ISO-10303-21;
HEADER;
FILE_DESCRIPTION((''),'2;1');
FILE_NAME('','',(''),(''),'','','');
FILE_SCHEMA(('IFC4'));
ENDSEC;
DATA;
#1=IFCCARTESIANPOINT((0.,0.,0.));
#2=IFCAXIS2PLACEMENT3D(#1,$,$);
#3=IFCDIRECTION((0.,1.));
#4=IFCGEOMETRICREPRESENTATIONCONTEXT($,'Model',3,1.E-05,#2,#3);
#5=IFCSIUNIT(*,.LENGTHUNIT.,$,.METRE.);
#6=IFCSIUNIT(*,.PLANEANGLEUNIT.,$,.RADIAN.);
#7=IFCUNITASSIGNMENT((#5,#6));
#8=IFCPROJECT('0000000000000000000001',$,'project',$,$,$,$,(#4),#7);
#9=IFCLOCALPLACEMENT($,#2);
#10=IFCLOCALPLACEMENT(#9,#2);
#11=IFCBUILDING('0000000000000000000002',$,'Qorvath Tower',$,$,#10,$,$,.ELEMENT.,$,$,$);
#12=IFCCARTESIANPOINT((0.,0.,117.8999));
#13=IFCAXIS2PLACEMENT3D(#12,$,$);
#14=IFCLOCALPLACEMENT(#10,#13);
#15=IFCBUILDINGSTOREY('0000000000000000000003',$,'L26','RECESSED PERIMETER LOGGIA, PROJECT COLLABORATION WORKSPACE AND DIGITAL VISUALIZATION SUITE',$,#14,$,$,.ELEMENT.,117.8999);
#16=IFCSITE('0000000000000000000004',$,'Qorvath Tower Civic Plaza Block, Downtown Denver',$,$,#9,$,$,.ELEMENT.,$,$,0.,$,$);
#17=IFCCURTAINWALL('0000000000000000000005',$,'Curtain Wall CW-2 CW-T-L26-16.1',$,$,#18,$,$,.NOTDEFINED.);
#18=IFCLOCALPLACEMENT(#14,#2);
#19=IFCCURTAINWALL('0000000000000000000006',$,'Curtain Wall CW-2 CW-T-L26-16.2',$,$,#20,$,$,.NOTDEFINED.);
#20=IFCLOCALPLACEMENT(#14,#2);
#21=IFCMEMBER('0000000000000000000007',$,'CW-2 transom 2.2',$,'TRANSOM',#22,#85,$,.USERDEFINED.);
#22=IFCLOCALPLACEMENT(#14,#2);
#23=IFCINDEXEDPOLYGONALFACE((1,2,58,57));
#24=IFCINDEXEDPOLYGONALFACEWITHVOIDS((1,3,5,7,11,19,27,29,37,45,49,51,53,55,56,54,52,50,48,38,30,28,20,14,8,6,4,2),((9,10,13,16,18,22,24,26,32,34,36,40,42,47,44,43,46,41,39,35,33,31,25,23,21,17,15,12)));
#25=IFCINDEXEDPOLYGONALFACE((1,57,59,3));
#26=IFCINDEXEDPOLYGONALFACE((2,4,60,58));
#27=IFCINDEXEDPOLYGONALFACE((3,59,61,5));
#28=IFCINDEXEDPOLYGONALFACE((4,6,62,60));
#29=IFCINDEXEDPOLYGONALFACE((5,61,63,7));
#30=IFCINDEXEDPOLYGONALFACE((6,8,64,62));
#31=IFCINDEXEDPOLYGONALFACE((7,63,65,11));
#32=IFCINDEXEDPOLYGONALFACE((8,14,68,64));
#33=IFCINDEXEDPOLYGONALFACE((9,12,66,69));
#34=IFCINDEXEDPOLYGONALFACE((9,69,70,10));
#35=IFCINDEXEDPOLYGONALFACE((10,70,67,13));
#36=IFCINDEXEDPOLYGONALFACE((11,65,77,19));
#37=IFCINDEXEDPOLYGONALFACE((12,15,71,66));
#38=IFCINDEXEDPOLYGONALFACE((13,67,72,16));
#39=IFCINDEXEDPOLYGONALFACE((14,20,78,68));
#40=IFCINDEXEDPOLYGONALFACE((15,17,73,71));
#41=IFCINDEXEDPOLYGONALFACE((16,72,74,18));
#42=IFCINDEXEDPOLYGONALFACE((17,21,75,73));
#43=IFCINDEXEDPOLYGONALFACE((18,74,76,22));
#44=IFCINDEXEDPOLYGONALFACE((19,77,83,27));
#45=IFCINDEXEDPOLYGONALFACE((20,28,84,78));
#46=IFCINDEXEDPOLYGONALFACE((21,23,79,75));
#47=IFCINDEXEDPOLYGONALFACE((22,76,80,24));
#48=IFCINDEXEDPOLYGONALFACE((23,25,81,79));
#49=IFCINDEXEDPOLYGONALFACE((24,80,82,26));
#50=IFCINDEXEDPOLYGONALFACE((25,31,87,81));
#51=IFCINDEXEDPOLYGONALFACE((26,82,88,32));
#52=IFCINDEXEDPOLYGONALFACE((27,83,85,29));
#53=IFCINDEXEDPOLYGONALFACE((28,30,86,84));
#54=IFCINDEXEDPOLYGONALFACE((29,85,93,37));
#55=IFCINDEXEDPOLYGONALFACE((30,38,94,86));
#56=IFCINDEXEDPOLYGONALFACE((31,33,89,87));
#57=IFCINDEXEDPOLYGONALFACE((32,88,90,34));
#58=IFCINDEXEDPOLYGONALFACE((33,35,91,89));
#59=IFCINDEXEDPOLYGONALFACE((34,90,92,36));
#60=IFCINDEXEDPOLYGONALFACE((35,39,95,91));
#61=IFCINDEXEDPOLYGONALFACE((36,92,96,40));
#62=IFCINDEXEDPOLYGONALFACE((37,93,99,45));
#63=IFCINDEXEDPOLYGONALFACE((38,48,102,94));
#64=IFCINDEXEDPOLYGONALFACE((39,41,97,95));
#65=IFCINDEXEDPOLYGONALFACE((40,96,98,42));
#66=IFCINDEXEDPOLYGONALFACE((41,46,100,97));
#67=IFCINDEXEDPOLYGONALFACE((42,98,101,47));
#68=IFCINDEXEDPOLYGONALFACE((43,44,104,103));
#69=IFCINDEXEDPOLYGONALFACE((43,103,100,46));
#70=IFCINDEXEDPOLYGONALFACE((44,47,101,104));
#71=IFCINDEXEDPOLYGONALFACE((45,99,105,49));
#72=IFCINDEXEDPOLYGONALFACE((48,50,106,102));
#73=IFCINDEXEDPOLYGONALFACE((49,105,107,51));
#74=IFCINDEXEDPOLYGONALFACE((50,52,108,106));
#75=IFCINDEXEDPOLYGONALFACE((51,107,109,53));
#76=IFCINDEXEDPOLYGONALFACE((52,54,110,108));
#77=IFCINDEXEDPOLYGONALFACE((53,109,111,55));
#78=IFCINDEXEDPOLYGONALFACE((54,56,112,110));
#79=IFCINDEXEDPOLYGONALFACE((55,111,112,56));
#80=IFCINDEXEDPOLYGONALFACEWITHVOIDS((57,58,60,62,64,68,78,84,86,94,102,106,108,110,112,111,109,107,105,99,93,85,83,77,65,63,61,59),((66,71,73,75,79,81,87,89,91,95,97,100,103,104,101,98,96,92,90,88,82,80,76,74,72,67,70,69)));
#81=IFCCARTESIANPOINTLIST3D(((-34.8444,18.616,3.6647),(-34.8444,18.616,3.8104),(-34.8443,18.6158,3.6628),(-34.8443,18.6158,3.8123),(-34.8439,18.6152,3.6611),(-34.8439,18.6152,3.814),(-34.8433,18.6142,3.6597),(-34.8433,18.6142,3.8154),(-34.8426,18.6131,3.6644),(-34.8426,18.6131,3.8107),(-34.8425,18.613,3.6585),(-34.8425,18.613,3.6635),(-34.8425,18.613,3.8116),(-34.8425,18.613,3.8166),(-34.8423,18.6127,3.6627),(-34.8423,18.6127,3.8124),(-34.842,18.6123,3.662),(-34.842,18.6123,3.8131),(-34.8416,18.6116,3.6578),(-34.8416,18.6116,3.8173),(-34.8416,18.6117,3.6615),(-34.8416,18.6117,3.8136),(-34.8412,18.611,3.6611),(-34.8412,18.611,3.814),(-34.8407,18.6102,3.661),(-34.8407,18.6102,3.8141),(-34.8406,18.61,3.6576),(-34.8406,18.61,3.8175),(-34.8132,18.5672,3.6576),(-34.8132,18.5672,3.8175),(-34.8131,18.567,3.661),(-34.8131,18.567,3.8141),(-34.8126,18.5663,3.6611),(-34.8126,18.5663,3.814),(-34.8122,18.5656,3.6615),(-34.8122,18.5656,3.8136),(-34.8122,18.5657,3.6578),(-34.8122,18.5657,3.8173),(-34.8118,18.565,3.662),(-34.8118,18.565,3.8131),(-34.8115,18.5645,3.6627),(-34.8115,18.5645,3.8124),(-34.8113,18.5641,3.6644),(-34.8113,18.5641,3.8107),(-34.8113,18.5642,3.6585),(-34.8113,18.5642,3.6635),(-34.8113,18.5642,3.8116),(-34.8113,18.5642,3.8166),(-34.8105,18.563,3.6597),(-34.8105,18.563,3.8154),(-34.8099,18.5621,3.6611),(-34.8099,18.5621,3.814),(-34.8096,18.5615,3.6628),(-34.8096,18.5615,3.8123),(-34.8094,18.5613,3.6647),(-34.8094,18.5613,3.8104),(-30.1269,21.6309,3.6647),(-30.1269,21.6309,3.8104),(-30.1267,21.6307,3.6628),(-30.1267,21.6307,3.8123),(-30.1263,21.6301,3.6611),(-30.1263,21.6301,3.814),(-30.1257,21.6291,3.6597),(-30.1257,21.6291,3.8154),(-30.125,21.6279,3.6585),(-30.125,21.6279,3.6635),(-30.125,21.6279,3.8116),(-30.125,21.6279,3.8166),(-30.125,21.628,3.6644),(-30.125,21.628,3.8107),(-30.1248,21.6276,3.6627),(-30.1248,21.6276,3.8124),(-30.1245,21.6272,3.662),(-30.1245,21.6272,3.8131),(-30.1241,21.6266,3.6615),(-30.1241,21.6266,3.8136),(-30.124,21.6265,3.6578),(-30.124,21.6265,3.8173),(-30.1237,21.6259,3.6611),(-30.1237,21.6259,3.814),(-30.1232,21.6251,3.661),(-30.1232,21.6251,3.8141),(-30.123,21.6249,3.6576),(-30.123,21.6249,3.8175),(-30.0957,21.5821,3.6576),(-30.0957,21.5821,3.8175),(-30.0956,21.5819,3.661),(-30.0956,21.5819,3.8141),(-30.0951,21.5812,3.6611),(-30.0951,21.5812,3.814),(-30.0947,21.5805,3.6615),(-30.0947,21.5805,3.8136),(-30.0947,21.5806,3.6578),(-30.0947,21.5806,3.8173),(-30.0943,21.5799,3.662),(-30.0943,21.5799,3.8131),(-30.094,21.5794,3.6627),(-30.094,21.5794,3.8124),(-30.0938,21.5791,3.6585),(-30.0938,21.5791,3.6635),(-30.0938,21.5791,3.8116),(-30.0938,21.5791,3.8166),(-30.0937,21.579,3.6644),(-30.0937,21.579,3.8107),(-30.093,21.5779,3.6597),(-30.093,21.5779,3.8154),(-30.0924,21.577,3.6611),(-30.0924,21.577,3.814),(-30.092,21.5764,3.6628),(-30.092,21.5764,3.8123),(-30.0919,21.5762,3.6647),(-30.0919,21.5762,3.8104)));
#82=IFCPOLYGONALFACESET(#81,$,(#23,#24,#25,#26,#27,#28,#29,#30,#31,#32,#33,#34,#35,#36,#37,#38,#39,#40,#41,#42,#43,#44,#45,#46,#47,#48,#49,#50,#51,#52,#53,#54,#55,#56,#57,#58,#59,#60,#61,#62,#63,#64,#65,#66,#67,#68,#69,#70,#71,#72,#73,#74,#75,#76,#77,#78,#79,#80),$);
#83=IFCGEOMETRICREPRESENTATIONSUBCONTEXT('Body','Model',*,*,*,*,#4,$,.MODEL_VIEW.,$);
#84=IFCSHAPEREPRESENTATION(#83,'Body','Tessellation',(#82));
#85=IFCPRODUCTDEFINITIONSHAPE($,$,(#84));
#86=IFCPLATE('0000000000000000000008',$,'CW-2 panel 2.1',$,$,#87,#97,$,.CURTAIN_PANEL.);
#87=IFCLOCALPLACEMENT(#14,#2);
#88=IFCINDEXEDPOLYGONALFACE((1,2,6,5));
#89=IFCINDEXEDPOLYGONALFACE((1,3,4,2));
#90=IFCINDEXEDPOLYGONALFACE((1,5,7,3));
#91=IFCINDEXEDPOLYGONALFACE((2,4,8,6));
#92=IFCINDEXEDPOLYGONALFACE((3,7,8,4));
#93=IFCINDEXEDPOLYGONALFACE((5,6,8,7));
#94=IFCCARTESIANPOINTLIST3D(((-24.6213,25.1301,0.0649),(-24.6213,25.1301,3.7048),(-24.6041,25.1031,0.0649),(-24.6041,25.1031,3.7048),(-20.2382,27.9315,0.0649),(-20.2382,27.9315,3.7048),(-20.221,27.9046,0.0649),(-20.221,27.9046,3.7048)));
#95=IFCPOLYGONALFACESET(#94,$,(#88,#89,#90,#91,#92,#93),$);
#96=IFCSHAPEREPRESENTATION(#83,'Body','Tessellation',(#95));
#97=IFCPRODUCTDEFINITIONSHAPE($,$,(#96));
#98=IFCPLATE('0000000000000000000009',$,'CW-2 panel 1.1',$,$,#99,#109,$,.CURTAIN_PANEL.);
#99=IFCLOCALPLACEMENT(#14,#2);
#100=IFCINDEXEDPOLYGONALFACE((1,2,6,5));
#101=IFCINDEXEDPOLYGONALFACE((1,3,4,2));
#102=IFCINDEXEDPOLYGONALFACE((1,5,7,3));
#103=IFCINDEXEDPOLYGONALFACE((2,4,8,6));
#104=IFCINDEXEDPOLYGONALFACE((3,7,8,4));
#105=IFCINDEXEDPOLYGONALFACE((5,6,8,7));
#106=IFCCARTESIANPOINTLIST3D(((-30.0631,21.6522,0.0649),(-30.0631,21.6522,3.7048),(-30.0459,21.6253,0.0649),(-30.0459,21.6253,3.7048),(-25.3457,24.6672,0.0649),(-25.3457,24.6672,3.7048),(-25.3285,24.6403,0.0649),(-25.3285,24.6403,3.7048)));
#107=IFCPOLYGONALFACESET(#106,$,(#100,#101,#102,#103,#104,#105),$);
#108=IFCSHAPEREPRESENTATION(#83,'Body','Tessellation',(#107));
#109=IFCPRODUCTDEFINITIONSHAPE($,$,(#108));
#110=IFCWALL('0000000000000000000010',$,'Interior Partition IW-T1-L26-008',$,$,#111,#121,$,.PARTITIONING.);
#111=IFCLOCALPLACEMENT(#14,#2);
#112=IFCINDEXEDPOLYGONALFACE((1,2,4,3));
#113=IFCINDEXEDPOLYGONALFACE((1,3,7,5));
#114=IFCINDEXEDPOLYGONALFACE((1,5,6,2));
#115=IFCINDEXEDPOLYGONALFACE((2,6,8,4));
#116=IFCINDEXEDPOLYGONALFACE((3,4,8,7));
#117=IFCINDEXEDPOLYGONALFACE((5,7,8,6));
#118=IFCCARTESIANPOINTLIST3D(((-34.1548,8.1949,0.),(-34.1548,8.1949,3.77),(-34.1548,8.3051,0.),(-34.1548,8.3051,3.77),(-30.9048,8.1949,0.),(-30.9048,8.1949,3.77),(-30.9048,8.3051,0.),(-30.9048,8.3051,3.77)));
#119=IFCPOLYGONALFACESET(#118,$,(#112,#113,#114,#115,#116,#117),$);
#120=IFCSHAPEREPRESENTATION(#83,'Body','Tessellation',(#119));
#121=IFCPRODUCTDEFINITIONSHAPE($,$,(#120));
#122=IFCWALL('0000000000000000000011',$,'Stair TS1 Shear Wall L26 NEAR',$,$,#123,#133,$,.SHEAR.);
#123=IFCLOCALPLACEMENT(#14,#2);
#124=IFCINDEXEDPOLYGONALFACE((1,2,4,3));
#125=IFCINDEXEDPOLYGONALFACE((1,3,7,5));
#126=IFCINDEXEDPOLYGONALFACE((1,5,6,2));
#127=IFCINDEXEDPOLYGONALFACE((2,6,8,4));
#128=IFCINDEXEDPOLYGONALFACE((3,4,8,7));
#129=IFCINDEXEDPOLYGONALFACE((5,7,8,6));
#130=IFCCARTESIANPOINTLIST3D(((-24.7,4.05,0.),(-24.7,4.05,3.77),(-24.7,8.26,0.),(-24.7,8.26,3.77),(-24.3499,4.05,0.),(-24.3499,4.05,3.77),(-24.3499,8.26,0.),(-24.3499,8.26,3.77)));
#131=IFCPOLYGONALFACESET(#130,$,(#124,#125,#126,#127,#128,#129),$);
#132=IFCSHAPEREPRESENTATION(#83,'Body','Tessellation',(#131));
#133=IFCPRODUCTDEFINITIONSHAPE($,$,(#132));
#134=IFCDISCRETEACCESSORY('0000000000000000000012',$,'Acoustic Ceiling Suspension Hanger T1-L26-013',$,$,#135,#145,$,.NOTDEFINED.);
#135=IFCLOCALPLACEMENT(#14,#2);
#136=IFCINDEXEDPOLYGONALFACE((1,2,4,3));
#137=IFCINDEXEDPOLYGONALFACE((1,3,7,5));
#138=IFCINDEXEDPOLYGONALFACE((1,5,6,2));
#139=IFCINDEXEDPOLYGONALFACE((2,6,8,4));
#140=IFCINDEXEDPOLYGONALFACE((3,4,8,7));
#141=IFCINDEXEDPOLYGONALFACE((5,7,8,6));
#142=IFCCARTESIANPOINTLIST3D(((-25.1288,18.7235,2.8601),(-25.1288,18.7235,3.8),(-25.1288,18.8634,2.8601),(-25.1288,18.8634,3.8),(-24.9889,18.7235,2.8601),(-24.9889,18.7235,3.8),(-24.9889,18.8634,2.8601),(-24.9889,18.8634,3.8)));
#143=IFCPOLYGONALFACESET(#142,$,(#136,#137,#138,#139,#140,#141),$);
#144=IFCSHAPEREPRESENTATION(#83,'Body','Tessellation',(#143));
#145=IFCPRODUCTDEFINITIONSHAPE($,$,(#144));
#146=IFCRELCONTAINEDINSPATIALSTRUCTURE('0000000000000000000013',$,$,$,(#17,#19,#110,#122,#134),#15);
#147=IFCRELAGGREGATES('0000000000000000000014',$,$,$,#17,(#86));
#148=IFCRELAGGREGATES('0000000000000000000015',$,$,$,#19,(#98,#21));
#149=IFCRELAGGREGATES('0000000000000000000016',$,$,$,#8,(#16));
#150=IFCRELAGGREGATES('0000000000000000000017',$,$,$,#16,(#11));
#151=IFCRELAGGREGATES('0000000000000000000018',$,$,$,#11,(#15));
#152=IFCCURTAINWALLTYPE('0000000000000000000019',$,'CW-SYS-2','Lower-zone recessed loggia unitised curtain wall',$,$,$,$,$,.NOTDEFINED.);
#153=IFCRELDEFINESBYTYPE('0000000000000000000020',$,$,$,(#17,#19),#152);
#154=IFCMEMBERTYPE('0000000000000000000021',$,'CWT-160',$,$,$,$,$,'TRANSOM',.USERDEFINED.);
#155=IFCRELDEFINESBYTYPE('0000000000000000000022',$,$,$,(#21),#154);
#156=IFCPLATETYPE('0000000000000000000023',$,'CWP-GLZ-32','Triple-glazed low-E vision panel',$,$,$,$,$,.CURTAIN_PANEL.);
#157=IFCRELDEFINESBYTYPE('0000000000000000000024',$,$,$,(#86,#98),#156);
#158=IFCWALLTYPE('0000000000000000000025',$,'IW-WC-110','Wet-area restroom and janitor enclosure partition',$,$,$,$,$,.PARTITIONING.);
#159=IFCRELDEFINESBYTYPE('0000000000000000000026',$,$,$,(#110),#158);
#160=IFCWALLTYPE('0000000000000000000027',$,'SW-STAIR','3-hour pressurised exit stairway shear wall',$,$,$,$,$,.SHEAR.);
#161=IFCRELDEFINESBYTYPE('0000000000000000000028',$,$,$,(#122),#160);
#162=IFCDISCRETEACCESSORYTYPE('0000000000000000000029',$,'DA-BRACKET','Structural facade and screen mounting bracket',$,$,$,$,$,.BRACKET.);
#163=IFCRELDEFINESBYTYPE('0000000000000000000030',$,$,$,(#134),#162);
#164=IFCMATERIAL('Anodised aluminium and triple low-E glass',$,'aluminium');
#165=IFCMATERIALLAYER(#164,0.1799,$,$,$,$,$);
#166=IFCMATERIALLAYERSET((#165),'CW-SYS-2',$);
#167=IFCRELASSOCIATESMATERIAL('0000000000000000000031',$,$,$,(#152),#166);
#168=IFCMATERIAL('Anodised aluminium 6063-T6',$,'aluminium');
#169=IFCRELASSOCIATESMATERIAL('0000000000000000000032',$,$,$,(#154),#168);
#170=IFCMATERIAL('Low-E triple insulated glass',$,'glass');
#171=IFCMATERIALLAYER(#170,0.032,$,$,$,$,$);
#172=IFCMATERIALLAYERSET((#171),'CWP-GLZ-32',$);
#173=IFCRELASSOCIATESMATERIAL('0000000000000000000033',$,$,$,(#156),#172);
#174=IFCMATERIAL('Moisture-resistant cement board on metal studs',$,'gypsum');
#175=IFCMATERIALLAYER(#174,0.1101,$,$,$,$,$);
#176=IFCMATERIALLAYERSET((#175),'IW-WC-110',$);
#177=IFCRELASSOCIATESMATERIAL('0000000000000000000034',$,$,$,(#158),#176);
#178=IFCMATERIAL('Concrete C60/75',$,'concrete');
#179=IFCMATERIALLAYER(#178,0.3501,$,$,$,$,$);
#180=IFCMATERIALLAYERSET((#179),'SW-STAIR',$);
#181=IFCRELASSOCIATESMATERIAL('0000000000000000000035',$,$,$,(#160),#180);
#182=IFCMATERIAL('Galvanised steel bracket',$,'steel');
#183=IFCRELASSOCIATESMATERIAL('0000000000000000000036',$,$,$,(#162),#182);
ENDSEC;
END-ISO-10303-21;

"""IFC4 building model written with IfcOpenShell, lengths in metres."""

from ifc_helpers import new_model, si_unit, direction, frame, frame_2d, origin, origin_2d, place, context, subcontext, project, spatial, rectangle, hollow_rectangle, extrude, material, layer, layer_set, material_profile, profile_set, type_object, element, aggregate, save


model = new_model("IFC4")

# Units and contexts
model_context = context("Model", 3, precision=1e-05, world=origin(), true_north=direction((0.0, 1.0)))
body_context = subcontext(model_context, "Body", "Model", "MODEL_VIEW")
ifc_project = project(units=[si_unit("LENGTHUNIT", "METRE"), si_unit("PLANEANGLEUNIT", "RADIAN")], contexts=[model_context])

# Site, building, storey
site_placement = place(None, origin())
site = spatial("IfcSite", under=ifc_project, at=site_placement, Name="Qorvath Tower Civic Plaza Block, Downtown Denver", CompositionType="ELEMENT", RefElevation=0.0)
building_placement = place(site_placement, origin())
building = spatial("IfcBuilding", under=site, at=building_placement, Name="Qorvath Tower", CompositionType="ELEMENT")
storey_placement = place(building_placement, frame((0.0, 0.0, 117.8999)))
storey = spatial("IfcBuildingStorey", under=building, at=storey_placement, Name="L26", Description="RECESSED PERIMETER LOGGIA, PROJECT COLLABORATION WORKSPACE AND DIGITAL VISUALIZATION SUITE", CompositionType="ELEMENT", Elevation=117.8999)

# Curtain wall
ifc_material_1 = material(Name="Anodised aluminium and triple low-E glass", Category="aluminium")
ifc_layer_1 = layer(ifc_material_1, 0.1799)
ifc_layer_set_1 = layer_set([ifc_layer_1], Name="CW-SYS-2")
curtain_wall_type = type_object("IfcCurtainWallType", Name="CW-SYS-2", Description="Lower-zone recessed loggia unitised curtain wall", PredefinedType="NOTDEFINED", material=ifc_layer_set_1)
curtain_wall_1_placement = place(storey_placement, origin())
curtain_wall_1 = element("IfcCurtainWall", 1, at=curtain_wall_1_placement, inside=storey, type_object=curtain_wall_type, Name="Curtain Wall CW-2 CW-T-L26-16.1", PredefinedType="NOTDEFINED")

# Curtain wall, member
curtain_wall_2_placement = place(storey_placement, origin())
curtain_wall_2 = element("IfcCurtainWall", 2, at=curtain_wall_2_placement, inside=storey, type_object=curtain_wall_type, Name="Curtain Wall CW-2 CW-T-L26-16.2", PredefinedType="NOTDEFINED")
ifc_material_2 = material(Name="Anodised aluminium 6063-T6", Category="aluminium")
ifc_material_profile_1 = material_profile(ifc_material_2, hollow_rectangle(XDim=0.0649, YDim=0.1599, WallThickness=0.0034, InnerFilletRadius=0.0034, OuterFilletRadius=0.0071, at=origin_2d()), Name="CWT 160x65")
ifc_profile_set_1 = profile_set([ifc_material_profile_1], Name="Anodised aluminium 6063-T6")
member_type_1 = type_object("IfcMemberType", Name="CWT-160", ElementType="TRANSOM", PredefinedType="USERDEFINED", material=ifc_profile_set_1)
member_1_placement = place(storey_placement, frame((-30.1094, 21.6035, 3.7375), z_axis=(-0.842622, -0.538505, 0.0), x_axis=(0.538505, -0.842622, 0.0)))
member_1 = element("IfcMember", 3, at=member_1_placement, type_object=member_type_1, Name="CW-2 transom 2.2", ObjectType="TRANSOM", PredefinedType="USERDEFINED", context=body_context, shape_type="SweptSolid", body=[
    extrude(hollow_rectangle(XDim=0.0649, YDim=0.1599, WallThickness=0.0034, InnerFilletRadius=0.0034, OuterFilletRadius=0.0071, at=origin_2d()), origin(), (0.0, 0.0, 1.0), 5.5986),
])

# Plates
ifc_material_3 = material(Name="Low-E triple insulated glass", Category="glass")
ifc_layer_2 = layer(ifc_material_3, 0.032)
ifc_layer_set_2 = layer_set([ifc_layer_2], Name="CWP-GLZ-32")
plate_type = type_object("IfcPlateType", Name="CWP-GLZ-32", Description="Triple-glazed low-E vision panel", PredefinedType="CURTAIN_PANEL", material=ifc_layer_set_2)
plate_1_placement = place(storey_placement, frame((-22.4211, 26.5173, 0.0649), z_axis=(0.0, 0.0, 1.0), x_axis=(-0.842595, -0.538548, 0.0)))
plate_1 = element("IfcPlate", 4, at=plate_1_placement, type_object=plate_type, Name="CW-2 panel 2.1", PredefinedType="CURTAIN_PANEL", context=body_context, shape_type="SweptSolid", body=[
    extrude(rectangle(XDim=5.2019, YDim=0.032, at=origin_2d()), origin(), (0.0, 0.0, 1.0), 3.6399),
])
aggregate(curtain_wall_1, [plate_1])
plate_2_placement = place(storey_placement, frame((-27.6958, 23.1462, 0.0649), z_axis=(0.0, 0.0, 1.0), x_axis=(-0.842607, -0.53853, 0.0)))
plate_2 = element("IfcPlate", 5, at=plate_2_placement, type_object=plate_type, Name="CW-2 panel 1.1", PredefinedType="CURTAIN_PANEL", context=body_context, shape_type="SweptSolid", body=[
    extrude(rectangle(XDim=5.5986, YDim=0.032, at=origin_2d()), origin(), (0.0, 0.0, 1.0), 3.6399),
])
aggregate(curtain_wall_2, [plate_2, member_1])

# Walls
ifc_material_4 = material(Name="Moisture-resistant cement board on metal studs", Category="gypsum")
ifc_layer_3 = layer(ifc_material_4, 0.1101)
ifc_layer_set_3 = layer_set([ifc_layer_3], Name="IW-WC-110")
wall_type_1 = type_object("IfcWallType", Name="IW-WC-110", Description="Wet-area restroom and janitor enclosure partition", PredefinedType="PARTITIONING", material=ifc_layer_set_3)
wall_1_placement = place(storey_placement, frame((-30.9048, 8.25, 0.0), z_axis=(0.0, 0.0, 1.0), x_axis=(-1.0, 0.0, 0.0)))
element("IfcWall", 6, at=wall_1_placement, inside=storey, type_object=wall_type_1, Name="Interior Partition IW-T1-L26-008", PredefinedType="PARTITIONING", context=body_context, shape_type="SweptSolid", body=[
    extrude(rectangle(XDim=3.25, YDim=0.1101, at=frame_2d((1.625, 0.0))), origin(), (0.0, 0.0, 1.0), 3.77),
])
ifc_material_5 = material(Name="Concrete C60/75", Category="concrete")
ifc_layer_4 = layer(ifc_material_5, 0.3501)
ifc_layer_set_4 = layer_set([ifc_layer_4], Name="SW-STAIR")
wall_type_2 = type_object("IfcWallType", Name="SW-STAIR", Description="3-hour pressurised exit stairway shear wall", PredefinedType="SHEAR", material=ifc_layer_set_4)
wall_2_placement = place(storey_placement, frame((-24.5249, 8.26, 0.0), z_axis=(0.0, 0.0, 1.0), x_axis=(0.0, -1.0, 0.0)))
element("IfcWall", 7, at=wall_2_placement, inside=storey, type_object=wall_type_2, Name="Stair TS1 Shear Wall L26 NEAR", PredefinedType="SHEAR", context=body_context, shape_type="SweptSolid", body=[
    extrude(rectangle(XDim=4.21, YDim=0.3501, at=frame_2d((2.105, 0.0))), origin(), (0.0, 0.0, 1.0), 3.77),
])

# Discrete accessory
ifc_material_6 = material(Name="Galvanised steel bracket", Category="steel")
discrete_accessory_type = type_object("IfcDiscreteAccessoryType", Name="DA-BRACKET", Description="Structural facade and screen mounting bracket", PredefinedType="BRACKET", material=ifc_material_6)
discrete_accessory_placement = place(storey_placement, frame((-25.0588, 18.7935, 2.8601), z_axis=(0.0, 0.0, 1.0), x_axis=(1.0, 0.0, 0.0)))
element("IfcDiscreteAccessory", 8, at=discrete_accessory_placement, inside=storey, type_object=discrete_accessory_type, Name="Acoustic Ceiling Suspension Hanger T1-L26-013", PredefinedType="NOTDEFINED", context=body_context, shape_type="SweptSolid", body=[
    extrude(rectangle(XDim=0.1399, YDim=0.1399, at=origin_2d()), origin(), (0.0, 0.0, 1.0), 0.9399),
])

save(model, "model.ifc")
